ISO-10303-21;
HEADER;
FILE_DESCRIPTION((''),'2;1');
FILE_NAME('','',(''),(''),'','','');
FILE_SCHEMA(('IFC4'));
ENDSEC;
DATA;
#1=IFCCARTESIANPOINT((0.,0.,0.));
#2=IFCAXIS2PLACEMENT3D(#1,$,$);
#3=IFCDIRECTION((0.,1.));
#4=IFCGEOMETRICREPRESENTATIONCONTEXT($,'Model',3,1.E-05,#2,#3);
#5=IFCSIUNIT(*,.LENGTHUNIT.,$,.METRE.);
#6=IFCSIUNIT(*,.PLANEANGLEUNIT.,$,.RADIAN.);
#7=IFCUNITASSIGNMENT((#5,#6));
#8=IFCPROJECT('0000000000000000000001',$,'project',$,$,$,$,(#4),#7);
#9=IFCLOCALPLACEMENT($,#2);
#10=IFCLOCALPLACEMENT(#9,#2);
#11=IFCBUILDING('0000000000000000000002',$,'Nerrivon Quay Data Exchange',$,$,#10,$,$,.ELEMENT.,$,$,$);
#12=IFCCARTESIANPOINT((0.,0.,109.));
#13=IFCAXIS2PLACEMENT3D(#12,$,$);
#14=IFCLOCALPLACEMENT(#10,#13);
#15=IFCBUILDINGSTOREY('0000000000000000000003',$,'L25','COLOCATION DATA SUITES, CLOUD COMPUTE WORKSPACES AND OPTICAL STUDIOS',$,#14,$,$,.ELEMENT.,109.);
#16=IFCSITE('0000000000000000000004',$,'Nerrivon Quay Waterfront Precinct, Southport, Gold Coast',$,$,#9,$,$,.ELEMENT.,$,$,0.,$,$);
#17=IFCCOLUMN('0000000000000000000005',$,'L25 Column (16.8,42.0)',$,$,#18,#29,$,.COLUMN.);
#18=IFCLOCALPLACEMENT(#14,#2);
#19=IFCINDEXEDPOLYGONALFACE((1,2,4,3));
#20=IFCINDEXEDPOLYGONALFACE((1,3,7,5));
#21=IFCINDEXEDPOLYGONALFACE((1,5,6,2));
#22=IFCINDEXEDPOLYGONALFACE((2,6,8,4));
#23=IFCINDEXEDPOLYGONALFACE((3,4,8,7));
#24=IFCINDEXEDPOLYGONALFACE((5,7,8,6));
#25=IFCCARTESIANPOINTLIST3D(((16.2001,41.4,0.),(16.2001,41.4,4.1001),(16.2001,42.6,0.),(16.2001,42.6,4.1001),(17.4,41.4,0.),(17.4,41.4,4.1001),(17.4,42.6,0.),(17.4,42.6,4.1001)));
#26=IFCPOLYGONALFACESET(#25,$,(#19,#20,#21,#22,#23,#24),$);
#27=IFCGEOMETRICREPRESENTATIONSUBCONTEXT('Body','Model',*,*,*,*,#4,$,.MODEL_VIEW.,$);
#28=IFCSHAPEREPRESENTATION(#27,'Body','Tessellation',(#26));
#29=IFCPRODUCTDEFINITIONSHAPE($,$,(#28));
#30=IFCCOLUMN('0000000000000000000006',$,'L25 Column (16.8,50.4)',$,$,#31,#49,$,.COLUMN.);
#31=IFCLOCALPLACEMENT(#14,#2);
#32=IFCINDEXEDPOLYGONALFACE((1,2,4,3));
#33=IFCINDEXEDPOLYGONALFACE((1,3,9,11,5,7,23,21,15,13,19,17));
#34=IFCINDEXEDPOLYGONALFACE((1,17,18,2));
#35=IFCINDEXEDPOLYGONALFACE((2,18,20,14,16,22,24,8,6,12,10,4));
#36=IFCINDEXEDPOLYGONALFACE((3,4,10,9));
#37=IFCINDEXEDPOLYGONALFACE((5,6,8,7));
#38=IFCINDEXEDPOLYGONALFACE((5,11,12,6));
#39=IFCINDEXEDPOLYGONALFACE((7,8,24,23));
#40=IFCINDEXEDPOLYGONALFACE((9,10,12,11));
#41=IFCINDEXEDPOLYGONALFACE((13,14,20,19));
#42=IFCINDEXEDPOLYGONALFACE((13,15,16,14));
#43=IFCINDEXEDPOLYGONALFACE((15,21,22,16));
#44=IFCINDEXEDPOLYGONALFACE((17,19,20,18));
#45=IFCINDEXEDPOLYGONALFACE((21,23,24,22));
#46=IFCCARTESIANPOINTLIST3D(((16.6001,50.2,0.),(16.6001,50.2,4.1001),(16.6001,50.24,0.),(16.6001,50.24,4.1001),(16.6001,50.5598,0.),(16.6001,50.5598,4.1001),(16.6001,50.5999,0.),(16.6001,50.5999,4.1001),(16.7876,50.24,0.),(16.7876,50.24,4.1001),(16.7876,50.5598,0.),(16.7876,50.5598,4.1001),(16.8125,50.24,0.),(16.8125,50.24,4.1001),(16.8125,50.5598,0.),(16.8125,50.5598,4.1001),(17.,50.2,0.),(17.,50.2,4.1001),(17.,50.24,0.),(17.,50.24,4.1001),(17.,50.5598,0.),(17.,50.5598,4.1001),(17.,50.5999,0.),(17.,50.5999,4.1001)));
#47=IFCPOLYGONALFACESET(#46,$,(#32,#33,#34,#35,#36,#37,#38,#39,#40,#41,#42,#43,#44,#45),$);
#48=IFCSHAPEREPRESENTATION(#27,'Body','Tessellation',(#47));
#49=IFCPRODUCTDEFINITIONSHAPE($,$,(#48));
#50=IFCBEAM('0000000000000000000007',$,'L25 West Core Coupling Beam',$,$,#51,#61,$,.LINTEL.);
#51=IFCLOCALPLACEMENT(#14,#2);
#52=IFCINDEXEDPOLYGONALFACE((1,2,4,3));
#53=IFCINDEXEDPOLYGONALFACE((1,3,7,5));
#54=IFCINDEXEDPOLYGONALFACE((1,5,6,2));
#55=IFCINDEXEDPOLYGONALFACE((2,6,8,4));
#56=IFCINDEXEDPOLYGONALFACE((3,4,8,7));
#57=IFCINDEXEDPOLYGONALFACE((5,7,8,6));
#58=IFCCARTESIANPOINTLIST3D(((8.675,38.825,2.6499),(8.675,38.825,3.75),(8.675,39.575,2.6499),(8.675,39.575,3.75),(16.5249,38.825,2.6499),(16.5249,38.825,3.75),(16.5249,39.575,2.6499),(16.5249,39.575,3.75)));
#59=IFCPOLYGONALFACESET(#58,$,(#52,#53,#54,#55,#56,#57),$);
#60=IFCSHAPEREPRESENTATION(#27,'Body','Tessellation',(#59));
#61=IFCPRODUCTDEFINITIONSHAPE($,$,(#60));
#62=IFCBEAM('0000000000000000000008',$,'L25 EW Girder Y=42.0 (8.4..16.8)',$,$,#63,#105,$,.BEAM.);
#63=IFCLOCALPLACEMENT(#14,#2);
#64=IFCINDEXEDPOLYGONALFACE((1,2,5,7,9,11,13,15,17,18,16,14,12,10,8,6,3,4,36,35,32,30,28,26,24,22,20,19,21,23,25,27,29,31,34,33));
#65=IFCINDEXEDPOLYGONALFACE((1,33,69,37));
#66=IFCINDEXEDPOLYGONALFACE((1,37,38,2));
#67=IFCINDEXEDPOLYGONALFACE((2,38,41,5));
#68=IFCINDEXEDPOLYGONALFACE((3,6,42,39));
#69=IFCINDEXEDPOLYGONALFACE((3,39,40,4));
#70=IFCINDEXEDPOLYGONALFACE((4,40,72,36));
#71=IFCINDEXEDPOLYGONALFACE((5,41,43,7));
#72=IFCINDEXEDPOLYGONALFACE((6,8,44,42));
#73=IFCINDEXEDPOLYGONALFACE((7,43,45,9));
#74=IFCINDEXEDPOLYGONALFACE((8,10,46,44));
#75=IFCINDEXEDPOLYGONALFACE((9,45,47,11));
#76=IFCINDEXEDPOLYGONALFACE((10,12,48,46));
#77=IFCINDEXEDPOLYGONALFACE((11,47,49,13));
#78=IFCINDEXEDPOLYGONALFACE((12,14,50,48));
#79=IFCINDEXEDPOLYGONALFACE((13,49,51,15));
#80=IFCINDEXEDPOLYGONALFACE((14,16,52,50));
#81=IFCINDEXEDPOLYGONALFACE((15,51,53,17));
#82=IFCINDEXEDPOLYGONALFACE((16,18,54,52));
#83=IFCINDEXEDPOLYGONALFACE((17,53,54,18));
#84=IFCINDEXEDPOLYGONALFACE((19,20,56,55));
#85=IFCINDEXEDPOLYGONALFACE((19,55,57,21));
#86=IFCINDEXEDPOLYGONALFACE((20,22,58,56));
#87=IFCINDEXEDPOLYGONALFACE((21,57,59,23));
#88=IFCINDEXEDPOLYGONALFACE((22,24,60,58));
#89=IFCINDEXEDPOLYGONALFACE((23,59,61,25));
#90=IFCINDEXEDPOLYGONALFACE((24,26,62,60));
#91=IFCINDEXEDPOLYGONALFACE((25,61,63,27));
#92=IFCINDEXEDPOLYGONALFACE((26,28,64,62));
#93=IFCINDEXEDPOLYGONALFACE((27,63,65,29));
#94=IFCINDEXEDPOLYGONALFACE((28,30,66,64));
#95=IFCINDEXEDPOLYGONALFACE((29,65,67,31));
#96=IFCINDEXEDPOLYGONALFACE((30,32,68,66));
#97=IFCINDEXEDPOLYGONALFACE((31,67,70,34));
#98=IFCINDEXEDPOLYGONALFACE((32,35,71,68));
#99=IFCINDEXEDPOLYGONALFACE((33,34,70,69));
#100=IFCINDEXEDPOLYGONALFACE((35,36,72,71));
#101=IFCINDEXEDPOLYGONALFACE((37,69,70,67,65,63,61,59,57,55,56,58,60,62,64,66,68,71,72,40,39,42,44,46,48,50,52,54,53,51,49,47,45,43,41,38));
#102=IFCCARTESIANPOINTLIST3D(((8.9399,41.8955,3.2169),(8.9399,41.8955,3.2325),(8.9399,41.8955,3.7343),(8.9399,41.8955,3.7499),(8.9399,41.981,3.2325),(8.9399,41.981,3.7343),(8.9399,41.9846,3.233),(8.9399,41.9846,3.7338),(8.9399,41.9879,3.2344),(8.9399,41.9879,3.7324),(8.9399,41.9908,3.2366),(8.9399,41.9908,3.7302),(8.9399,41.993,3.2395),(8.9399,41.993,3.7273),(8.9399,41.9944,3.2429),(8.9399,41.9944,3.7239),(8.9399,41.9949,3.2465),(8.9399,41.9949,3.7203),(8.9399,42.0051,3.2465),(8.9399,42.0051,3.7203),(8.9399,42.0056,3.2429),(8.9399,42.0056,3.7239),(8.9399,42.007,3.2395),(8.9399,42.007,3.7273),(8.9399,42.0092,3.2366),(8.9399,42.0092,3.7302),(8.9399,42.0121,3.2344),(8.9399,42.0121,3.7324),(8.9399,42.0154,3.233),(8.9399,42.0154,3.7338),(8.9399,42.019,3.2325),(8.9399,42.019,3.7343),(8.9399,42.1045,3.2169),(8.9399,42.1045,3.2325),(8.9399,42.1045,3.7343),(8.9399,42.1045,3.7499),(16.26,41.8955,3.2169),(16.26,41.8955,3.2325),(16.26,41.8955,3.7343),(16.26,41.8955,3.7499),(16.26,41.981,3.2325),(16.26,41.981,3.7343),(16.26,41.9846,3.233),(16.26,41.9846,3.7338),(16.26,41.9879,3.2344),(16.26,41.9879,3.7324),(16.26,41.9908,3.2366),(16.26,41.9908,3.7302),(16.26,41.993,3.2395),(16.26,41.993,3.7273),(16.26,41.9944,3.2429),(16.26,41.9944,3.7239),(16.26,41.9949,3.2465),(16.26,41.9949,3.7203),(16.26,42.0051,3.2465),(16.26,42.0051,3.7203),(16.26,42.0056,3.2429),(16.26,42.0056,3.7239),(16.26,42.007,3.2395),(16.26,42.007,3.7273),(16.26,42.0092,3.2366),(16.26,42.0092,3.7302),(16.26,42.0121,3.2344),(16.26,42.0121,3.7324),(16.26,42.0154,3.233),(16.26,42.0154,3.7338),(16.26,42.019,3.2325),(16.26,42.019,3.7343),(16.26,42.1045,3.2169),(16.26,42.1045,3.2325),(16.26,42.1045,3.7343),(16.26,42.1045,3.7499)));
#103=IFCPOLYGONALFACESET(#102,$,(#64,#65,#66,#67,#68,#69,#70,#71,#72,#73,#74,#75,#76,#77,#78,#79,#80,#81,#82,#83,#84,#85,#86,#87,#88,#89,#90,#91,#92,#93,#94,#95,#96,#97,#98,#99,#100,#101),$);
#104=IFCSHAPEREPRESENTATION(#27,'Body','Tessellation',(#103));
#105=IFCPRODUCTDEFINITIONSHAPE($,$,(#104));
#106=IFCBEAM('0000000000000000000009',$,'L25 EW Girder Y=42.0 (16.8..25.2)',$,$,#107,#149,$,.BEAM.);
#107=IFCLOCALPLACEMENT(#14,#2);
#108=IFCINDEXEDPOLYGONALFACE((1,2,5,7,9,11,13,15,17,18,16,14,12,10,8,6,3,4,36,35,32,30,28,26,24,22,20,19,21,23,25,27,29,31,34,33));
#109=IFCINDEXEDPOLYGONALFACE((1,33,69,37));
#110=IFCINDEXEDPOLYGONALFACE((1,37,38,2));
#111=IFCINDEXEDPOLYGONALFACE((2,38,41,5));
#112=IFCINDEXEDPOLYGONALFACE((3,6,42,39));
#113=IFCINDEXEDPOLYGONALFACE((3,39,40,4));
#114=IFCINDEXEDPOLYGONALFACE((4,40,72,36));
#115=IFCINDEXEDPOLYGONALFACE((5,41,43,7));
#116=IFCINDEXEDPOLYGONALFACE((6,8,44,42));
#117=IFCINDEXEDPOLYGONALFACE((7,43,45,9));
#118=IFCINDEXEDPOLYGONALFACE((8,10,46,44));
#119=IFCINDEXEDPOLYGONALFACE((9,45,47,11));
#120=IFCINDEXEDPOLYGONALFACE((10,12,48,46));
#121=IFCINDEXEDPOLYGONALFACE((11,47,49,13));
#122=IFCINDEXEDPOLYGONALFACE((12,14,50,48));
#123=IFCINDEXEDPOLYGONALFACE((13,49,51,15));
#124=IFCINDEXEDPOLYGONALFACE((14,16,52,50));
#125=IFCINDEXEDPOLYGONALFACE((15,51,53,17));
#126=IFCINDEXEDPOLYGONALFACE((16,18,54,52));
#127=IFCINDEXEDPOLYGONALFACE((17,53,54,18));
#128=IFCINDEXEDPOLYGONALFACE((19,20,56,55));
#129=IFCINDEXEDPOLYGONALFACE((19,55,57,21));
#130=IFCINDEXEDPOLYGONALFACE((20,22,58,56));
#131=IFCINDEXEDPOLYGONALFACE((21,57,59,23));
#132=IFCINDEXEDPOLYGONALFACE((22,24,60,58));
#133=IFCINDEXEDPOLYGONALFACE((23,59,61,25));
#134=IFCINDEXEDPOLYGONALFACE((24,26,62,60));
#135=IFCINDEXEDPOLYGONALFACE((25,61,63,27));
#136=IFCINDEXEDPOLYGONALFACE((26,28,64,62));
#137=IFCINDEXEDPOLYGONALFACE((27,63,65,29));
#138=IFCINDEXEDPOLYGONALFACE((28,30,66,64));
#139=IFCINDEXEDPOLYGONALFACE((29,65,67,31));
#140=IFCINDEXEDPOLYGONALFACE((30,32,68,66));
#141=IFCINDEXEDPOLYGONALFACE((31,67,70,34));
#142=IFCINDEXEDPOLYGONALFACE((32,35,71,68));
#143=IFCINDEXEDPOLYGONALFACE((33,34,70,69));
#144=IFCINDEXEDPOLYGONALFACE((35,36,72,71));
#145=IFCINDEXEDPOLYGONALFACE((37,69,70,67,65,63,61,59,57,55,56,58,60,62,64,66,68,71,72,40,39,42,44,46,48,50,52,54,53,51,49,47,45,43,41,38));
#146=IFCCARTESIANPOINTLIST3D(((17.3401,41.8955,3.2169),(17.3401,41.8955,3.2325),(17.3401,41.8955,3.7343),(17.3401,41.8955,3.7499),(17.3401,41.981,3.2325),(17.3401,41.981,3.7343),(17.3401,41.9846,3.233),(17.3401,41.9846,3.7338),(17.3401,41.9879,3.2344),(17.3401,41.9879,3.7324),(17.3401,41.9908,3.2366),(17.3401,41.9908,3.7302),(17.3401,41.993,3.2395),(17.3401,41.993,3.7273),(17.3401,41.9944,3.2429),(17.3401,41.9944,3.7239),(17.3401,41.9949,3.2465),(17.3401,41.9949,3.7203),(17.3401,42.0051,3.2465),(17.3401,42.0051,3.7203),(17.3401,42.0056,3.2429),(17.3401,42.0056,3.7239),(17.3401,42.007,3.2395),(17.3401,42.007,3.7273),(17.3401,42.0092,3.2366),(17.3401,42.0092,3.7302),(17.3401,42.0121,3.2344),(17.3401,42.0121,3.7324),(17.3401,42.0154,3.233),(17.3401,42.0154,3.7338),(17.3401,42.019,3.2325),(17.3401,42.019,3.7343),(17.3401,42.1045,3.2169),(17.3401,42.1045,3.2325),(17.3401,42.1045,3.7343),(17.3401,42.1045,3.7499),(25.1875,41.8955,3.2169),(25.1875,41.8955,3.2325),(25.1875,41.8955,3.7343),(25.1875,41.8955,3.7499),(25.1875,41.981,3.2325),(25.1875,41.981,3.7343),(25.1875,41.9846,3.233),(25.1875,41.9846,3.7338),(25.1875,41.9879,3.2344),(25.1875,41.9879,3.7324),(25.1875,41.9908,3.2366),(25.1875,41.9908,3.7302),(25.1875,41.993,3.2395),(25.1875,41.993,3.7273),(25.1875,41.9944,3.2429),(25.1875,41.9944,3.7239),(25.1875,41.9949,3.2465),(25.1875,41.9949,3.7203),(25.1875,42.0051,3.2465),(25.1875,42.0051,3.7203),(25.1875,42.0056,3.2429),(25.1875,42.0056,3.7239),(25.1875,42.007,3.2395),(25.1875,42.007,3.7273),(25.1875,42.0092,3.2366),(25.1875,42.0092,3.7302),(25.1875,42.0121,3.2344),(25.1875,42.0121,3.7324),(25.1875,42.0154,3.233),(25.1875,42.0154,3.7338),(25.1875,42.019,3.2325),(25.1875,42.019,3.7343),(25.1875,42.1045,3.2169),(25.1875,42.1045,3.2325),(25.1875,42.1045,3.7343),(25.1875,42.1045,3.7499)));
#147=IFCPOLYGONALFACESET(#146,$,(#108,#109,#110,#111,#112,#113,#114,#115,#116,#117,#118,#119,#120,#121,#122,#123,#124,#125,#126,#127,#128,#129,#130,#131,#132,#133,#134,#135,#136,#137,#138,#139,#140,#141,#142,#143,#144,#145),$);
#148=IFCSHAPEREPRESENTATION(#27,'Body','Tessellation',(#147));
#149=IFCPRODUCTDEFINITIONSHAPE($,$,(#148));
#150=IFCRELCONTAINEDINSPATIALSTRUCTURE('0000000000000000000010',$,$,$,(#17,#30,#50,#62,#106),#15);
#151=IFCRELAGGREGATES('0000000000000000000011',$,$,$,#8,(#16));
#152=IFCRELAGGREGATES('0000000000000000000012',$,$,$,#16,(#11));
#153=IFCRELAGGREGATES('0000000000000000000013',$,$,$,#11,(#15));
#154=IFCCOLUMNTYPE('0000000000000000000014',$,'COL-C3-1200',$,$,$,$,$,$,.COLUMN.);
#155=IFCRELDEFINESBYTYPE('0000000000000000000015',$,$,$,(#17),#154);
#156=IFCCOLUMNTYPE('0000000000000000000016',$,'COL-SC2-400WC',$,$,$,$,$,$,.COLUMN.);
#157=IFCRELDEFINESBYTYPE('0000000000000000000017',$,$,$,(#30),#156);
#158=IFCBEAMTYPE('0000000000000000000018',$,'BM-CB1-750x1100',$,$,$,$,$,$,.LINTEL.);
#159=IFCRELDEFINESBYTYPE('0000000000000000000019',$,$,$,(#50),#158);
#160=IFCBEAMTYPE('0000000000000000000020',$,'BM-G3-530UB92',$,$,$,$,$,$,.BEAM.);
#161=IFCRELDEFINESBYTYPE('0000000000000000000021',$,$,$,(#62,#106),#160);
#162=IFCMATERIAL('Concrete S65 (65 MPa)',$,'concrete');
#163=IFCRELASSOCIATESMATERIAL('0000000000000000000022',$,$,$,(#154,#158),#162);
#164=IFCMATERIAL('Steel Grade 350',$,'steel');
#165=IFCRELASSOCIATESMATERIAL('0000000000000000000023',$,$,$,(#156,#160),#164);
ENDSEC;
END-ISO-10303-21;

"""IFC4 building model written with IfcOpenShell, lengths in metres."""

from ifc_helpers import new_model, si_unit, direction, frame, origin, origin_2d, place, context, subcontext, project, spatial, rectangle, i_section, extrude, material, material_profile, profile_set, type_object, element, save


model = new_model("IFC4")

# Units and contexts
model_context = context("Model", 3, precision=1e-05, world=origin(), true_north=direction((0.0, 1.0)))
body_context = subcontext(model_context, "Body", "Model", "MODEL_VIEW")
ifc_project = project(units=[si_unit("LENGTHUNIT", "METRE"), si_unit("PLANEANGLEUNIT", "RADIAN")], contexts=[model_context])

# Site, building, storey
site_placement = place(None, origin())
site = spatial("IfcSite", under=ifc_project, at=site_placement, Name="Nerrivon Quay Waterfront Precinct, Southport, Gold Coast", CompositionType="ELEMENT", RefElevation=0.0)
building_placement = place(site_placement, origin())
building = spatial("IfcBuilding", under=site, at=building_placement, Name="Nerrivon Quay Data Exchange", CompositionType="ELEMENT")
storey_placement = place(building_placement, frame((0.0, 0.0, 109.0)))
storey = spatial("IfcBuildingStorey", under=building, at=storey_placement, Name="L25", Description="COLOCATION DATA SUITES, CLOUD COMPUTE WORKSPACES AND OPTICAL STUDIOS", CompositionType="ELEMENT", Elevation=109.0)

# Columns
ifc_material_1 = material(Name="Concrete S65 (65 MPa)", Category="concrete")
ifc_material_profile_1 = material_profile(ifc_material_1, rectangle(XDim=1.2, YDim=1.2, at=origin_2d()), Name="RC-COL-1200x1200")
ifc_profile_set_1 = profile_set([ifc_material_profile_1], Name="Concrete S65 (65 MPa)")
column_type_1 = type_object("IfcColumnType", Name="COL-C3-1200", PredefinedType="COLUMN", material=ifc_profile_set_1)
column_1_placement = place(storey_placement, frame((16.8, 42.0, 0.0), z_axis=(0.0, 0.0, 1.0), x_axis=(1.0, 0.0, 0.0)))
element("IfcColumn", 1, at=column_1_placement, inside=storey, type_object=column_type_1, Name="L25 Column (16.8,42.0)", PredefinedType="COLUMN", context=body_context, shape_type="SweptSolid", body=[
    extrude(rectangle(XDim=1.2, YDim=1.2, at=origin_2d()), origin(), (0.0, 0.0, 1.0), 4.1001),
])
ifc_material_2 = material(Name="Steel Grade 350", Category="steel")
ifc_material_profile_2 = material_profile(ifc_material_2, i_section(OverallWidth=0.3999, OverallDepth=0.3999, WebThickness=0.0249, FlangeThickness=0.04, at=origin_2d()), Name="400WC328")
ifc_profile_set_2 = profile_set([ifc_material_profile_2], Name="Steel Grade 350")
column_type_2 = type_object("IfcColumnType", Name="COL-SC2-400WC", PredefinedType="COLUMN", material=ifc_profile_set_2)
column_2_placement = place(storey_placement, frame((16.8, 50.3999, 0.0), z_axis=(0.0, 0.0, 1.0), x_axis=(1.0, 0.0, 0.0)))
element("IfcColumn", 2, at=column_2_placement, inside=storey, type_object=column_type_2, Name="L25 Column (16.8,50.4)", PredefinedType="COLUMN", context=body_context, shape_type="SweptSolid", body=[
    extrude(i_section(OverallWidth=0.3999, OverallDepth=0.3999, WebThickness=0.0249, FlangeThickness=0.04, at=origin_2d()), origin(), (0.0, 0.0, 1.0), 4.1001),
])

# Beams
ifc_material_profile_3 = material_profile(ifc_material_1, rectangle(XDim=0.75, YDim=1.1001, at=origin_2d()), Name="RC-CB-750x1100")
ifc_profile_set_3 = profile_set([ifc_material_profile_3], Name="Concrete S65 (65 MPa)")
beam_type_1 = type_object("IfcBeamType", Name="BM-CB1-750x1100", PredefinedType="LINTEL", material=ifc_profile_set_3)
beam_1_placement = place(storey_placement, frame((8.675, 39.2, 3.2), z_axis=(1.0, 0.0, 0.0), x_axis=(0.0, 1.0, 0.0)))
element("IfcBeam", 3, at=beam_1_placement, inside=storey, type_object=beam_type_1, Name="L25 West Core Coupling Beam", PredefinedType="LINTEL", context=body_context, shape_type="SweptSolid", body=[
    extrude(rectangle(XDim=0.75, YDim=1.1001, at=origin_2d()), origin(), (0.0, 0.0, 1.0), 7.8499),
])
ifc_material_profile_4 = material_profile(ifc_material_2, i_section(OverallWidth=0.209, OverallDepth=0.533, WebThickness=0.0103, FlangeThickness=0.0156, FilletRadius=0.0139, at=origin_2d()), Name="530UB92.4")
ifc_profile_set_4 = profile_set([ifc_material_profile_4], Name="Steel Grade 350")
beam_type_2 = type_object("IfcBeamType", Name="BM-G3-530UB92", PredefinedType="BEAM", material=ifc_profile_set_4)
beam_2_placement = place(storey_placement, frame((8.9399, 42.0, 3.4834), z_axis=(1.0, 0.0, 0.0), x_axis=(0.0, 1.0, 0.0)))
element("IfcBeam", 4, at=beam_2_placement, inside=storey, type_object=beam_type_2, Name="L25 EW Girder Y=42.0 (8.4..16.8)", PredefinedType="BEAM", context=body_context, shape_type="SweptSolid", body=[
    extrude(i_section(OverallWidth=0.209, OverallDepth=0.533, WebThickness=0.0103, FlangeThickness=0.0156, FilletRadius=0.0139, at=origin_2d()), origin(), (0.0, 0.0, 1.0), 7.3201),
])
beam_3_placement = place(storey_placement, frame((17.3401, 42.0, 3.4834), z_axis=(1.0, 0.0, 0.0), x_axis=(0.0, 1.0, 0.0)))
element("IfcBeam", 5, at=beam_3_placement, inside=storey, type_object=beam_type_2, Name="L25 EW Girder Y=42.0 (16.8..25.2)", PredefinedType="BEAM", context=body_context, shape_type="SweptSolid", body=[
    extrude(i_section(OverallWidth=0.209, OverallDepth=0.533, WebThickness=0.0103, FlangeThickness=0.0156, FilletRadius=0.0139, at=origin_2d()), origin(), (0.0, 0.0, 1.0), 7.8474),
])

save(model, "model.ifc")
